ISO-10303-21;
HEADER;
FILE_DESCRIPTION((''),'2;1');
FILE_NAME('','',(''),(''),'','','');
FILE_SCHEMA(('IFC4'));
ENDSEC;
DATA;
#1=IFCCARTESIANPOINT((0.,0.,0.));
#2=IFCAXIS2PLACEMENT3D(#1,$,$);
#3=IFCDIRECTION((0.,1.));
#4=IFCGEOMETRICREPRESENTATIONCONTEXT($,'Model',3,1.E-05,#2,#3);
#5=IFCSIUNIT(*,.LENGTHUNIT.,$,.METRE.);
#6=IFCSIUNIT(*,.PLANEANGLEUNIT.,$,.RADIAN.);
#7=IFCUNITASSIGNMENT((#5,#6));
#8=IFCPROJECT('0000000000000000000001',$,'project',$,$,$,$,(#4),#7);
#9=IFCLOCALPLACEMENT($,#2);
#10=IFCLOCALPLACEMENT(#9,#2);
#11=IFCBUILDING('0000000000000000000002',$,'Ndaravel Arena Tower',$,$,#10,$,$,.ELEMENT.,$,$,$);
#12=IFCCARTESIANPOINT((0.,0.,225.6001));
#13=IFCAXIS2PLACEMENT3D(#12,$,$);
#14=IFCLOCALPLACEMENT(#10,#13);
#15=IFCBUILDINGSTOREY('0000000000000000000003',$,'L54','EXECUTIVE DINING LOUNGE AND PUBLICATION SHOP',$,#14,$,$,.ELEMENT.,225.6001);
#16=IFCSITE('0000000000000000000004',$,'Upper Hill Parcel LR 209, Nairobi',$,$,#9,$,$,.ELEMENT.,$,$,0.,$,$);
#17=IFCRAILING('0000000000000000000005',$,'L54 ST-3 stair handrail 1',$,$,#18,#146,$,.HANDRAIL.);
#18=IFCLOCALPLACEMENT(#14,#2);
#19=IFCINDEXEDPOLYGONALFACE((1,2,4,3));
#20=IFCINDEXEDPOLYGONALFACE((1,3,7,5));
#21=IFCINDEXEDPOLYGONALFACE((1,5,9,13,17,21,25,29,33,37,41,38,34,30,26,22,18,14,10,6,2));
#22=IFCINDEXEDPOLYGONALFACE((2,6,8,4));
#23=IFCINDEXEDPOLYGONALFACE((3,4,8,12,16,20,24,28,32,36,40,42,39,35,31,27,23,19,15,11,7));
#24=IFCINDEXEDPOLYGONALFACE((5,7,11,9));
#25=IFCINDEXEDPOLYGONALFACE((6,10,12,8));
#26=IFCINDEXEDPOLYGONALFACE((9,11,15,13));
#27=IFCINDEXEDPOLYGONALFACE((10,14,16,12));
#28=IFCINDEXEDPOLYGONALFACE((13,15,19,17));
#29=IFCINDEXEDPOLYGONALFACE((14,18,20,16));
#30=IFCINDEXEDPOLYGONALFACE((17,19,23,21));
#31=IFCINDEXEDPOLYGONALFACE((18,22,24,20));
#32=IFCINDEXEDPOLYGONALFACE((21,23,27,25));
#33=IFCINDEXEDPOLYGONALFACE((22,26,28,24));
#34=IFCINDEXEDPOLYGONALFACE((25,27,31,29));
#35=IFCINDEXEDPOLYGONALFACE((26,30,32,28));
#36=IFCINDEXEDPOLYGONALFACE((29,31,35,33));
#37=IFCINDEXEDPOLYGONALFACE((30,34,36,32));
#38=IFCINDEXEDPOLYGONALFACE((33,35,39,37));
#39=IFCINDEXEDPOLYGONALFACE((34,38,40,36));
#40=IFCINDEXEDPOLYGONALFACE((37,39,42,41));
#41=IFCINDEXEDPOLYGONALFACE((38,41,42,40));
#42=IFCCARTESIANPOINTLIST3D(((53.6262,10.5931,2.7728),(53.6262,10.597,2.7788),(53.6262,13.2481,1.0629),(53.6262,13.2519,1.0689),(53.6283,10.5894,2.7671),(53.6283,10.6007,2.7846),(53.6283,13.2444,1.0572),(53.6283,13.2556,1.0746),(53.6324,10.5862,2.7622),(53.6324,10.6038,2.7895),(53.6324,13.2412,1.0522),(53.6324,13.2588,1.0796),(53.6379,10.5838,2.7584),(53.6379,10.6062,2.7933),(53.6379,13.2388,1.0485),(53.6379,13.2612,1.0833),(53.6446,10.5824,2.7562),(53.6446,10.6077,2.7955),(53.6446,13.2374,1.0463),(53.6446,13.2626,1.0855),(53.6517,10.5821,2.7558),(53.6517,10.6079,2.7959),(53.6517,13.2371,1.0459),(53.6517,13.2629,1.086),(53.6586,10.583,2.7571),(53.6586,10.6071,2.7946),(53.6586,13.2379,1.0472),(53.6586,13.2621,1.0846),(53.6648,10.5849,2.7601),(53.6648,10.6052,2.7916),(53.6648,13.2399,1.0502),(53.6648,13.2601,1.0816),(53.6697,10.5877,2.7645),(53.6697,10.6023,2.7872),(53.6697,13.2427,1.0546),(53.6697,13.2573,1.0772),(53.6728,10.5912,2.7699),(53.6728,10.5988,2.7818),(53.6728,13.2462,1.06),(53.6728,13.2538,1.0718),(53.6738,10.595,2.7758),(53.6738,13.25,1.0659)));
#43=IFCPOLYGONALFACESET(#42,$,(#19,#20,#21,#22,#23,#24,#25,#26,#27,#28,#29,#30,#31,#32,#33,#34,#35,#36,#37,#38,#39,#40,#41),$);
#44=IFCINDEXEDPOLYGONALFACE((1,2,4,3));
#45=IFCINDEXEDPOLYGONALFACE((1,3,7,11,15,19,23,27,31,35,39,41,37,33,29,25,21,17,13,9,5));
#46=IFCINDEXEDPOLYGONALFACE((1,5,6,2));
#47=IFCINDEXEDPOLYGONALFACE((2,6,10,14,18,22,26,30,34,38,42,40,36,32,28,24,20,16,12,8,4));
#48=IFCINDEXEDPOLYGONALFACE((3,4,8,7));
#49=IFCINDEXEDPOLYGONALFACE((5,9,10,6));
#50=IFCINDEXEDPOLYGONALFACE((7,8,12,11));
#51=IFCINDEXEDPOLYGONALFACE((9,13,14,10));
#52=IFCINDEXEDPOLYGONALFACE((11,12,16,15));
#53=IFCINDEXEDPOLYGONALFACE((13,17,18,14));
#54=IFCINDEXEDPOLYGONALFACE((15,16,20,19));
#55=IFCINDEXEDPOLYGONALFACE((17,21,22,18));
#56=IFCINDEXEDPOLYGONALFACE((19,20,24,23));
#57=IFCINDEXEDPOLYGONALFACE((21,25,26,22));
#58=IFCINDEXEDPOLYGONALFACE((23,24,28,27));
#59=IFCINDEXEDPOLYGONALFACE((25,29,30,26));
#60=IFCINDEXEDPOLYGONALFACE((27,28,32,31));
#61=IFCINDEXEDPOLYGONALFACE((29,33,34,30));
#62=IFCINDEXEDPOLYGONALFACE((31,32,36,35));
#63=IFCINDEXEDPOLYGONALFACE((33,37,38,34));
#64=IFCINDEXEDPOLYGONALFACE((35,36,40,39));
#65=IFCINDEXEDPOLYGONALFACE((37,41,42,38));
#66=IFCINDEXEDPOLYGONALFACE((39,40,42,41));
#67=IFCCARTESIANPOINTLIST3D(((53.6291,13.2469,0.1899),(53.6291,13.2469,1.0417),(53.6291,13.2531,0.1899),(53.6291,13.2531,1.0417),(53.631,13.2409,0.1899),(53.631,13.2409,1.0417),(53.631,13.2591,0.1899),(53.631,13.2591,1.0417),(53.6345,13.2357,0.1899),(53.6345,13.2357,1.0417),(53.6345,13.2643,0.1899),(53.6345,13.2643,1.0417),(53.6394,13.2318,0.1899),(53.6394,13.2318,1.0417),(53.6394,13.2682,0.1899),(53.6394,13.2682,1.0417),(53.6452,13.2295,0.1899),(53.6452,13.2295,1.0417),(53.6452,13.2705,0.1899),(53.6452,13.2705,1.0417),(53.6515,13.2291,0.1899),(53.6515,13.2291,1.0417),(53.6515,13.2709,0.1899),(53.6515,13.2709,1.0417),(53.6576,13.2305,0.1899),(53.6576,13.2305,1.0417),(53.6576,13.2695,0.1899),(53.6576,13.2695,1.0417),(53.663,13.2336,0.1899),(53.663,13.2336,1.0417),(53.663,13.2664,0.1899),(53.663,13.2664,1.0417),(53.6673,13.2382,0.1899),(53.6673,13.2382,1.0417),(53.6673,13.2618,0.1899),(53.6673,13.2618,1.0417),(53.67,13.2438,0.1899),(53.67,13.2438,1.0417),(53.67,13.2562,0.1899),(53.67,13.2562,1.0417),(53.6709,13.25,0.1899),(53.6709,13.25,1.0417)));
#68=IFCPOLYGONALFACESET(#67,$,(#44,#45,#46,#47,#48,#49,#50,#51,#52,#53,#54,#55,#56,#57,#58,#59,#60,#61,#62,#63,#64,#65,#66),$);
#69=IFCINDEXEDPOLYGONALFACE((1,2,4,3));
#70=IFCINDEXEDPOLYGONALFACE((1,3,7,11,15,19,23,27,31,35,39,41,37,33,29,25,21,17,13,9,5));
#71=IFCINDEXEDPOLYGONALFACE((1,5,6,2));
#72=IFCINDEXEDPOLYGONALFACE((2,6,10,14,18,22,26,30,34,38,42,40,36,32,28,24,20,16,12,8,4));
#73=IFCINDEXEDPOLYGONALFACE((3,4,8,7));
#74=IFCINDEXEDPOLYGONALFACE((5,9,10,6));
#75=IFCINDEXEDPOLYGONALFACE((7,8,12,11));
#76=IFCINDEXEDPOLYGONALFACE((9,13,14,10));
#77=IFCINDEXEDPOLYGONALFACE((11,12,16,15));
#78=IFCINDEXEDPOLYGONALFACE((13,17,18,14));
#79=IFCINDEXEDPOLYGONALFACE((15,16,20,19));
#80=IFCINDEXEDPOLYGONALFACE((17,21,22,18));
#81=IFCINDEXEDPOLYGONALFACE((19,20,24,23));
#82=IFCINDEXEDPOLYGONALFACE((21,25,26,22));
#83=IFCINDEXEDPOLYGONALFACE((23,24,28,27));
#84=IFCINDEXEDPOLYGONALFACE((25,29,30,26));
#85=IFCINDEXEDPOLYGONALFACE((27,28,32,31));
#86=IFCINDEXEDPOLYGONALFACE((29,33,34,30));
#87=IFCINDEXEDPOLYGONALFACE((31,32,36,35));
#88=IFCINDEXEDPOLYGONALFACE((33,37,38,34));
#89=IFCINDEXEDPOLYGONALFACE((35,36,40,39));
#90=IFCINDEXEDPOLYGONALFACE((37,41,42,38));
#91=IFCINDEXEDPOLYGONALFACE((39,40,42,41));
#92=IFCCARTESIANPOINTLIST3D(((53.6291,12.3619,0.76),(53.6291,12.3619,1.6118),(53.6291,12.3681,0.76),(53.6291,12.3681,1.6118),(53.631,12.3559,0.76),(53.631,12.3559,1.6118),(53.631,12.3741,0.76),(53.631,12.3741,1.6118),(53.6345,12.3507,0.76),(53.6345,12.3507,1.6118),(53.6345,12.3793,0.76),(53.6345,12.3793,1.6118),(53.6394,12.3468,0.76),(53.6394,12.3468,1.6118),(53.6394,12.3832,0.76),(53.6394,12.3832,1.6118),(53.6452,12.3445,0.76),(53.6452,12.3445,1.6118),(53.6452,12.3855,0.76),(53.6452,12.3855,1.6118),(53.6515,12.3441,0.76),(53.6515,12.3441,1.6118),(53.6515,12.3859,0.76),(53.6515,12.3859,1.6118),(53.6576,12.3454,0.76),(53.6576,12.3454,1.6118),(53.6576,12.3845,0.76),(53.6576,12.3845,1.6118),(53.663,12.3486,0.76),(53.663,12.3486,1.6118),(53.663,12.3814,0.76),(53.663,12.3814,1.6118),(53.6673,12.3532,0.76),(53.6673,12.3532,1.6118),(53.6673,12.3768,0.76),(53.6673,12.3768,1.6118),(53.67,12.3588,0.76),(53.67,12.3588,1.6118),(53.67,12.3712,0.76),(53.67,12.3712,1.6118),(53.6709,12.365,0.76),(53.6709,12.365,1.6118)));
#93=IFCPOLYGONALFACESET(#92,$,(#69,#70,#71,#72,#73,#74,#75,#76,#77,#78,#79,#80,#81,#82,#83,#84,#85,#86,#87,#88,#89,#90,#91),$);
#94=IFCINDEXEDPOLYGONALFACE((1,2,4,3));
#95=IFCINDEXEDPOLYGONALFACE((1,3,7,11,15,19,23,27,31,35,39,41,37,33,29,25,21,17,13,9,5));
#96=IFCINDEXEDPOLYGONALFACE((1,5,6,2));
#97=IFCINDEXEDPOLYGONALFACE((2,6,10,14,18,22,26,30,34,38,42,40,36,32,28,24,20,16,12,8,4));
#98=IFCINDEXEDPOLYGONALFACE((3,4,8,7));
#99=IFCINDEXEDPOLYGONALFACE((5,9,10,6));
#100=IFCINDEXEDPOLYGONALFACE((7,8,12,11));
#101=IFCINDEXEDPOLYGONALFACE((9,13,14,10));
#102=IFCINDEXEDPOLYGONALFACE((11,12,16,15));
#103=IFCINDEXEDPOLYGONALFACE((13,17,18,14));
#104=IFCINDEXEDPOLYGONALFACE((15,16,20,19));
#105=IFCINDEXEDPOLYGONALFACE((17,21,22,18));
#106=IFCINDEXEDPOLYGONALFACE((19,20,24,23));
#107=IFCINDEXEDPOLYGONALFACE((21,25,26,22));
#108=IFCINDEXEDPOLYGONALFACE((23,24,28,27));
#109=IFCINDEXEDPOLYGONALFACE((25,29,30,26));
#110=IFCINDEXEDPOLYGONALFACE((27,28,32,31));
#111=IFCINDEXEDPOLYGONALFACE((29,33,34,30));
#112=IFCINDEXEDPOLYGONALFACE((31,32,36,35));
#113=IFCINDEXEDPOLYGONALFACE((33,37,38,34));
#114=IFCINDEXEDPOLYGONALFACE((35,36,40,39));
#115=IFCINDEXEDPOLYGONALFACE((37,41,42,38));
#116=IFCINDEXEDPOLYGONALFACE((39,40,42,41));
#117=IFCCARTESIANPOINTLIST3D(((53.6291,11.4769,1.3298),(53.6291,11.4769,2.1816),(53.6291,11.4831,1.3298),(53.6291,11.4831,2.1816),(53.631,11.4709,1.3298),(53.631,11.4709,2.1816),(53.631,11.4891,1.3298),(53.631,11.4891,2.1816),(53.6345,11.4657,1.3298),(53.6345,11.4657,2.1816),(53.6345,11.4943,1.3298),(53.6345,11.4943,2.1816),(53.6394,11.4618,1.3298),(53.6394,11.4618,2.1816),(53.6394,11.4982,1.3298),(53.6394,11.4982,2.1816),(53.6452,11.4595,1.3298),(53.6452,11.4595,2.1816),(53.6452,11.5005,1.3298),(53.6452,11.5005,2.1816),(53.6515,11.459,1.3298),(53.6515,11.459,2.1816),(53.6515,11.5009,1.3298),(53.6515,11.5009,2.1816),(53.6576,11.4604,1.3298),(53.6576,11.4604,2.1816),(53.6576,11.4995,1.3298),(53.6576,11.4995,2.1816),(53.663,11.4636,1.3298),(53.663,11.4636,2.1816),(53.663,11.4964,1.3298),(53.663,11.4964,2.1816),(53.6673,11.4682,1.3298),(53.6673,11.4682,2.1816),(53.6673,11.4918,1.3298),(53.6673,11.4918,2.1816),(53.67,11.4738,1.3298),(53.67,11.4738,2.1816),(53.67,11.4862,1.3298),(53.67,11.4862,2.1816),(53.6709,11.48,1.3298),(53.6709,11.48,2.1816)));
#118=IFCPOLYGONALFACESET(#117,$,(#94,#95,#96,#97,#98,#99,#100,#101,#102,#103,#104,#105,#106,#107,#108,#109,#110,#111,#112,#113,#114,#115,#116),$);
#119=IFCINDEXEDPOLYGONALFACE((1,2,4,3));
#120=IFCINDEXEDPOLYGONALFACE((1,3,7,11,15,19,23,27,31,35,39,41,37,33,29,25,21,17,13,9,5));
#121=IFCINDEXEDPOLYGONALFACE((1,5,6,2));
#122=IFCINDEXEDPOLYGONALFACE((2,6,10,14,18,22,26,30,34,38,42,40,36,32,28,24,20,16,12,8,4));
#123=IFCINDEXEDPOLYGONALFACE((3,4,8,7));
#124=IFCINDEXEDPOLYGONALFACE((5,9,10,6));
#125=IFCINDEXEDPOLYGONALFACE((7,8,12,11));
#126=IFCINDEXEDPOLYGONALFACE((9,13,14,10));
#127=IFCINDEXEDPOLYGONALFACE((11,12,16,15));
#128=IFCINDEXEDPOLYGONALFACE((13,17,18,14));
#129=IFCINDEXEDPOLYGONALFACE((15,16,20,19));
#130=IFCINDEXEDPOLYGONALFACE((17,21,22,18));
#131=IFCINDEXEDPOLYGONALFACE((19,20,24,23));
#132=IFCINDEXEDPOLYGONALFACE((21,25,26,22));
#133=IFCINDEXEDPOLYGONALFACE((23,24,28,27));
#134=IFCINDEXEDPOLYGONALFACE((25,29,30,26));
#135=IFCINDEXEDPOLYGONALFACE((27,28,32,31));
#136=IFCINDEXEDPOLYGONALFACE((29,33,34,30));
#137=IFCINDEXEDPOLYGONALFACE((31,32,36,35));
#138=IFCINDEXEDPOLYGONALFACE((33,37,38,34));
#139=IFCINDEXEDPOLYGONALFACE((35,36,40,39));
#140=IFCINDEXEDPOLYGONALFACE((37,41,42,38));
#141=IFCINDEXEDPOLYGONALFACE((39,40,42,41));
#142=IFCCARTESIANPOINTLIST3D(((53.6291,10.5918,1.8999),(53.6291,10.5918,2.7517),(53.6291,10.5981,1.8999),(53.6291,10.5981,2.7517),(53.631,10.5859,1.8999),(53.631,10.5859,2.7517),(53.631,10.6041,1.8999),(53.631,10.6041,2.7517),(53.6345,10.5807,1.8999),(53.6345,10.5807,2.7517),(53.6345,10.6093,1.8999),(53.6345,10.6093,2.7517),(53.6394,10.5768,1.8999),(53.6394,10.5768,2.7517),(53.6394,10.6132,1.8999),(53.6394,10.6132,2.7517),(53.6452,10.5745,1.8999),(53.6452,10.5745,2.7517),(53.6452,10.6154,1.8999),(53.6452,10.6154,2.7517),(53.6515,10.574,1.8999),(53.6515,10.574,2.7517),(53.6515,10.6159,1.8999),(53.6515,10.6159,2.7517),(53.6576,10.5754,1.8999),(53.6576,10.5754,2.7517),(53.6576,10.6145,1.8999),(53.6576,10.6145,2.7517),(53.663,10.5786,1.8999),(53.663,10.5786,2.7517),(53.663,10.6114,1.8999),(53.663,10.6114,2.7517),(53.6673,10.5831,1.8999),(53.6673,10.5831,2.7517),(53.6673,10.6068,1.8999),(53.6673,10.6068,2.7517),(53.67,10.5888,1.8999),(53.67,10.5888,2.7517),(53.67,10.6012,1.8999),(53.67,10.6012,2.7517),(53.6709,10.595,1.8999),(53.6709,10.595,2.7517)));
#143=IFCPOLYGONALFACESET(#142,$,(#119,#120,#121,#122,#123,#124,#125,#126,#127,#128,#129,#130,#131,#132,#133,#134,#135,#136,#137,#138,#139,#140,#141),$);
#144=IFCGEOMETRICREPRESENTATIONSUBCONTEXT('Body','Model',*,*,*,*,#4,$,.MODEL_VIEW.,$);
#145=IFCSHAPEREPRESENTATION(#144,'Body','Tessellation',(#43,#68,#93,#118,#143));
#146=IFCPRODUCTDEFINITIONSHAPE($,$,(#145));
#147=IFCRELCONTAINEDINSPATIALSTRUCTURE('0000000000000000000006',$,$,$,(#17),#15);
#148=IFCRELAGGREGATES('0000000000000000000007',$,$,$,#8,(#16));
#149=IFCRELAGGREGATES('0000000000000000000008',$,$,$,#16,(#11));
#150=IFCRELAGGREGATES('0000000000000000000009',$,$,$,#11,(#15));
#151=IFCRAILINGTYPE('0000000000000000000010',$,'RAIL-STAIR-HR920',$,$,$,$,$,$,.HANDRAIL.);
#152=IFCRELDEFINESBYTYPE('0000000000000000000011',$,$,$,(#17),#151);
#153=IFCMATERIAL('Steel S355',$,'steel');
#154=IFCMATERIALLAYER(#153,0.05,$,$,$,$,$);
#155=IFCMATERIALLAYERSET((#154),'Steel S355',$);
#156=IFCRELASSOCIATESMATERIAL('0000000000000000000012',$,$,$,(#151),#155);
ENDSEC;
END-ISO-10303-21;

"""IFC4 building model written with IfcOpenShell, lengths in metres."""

from ifc_helpers import new_model, si_unit, direction, frame, origin, origin_2d, place, context, subcontext, project, spatial, circle, extrude, material, layer, layer_set, type_object, element, save


model = new_model("IFC4")

# Units and contexts
model_context = context("Model", 3, precision=1e-05, world=origin(), true_north=direction((0.0, 1.0)))
body_context = subcontext(model_context, "Body", "Model", "MODEL_VIEW")
ifc_project = project(units=[si_unit("LENGTHUNIT", "METRE"), si_unit("PLANEANGLEUNIT", "RADIAN")], contexts=[model_context])

# Site, building, storey
site_placement = place(None, origin())
site = spatial("IfcSite", under=ifc_project, at=site_placement, Name="Upper Hill Parcel LR 209, Nairobi", CompositionType="ELEMENT", RefElevation=0.0)
building_placement = place(site_placement, origin())
building = spatial("IfcBuilding", under=site, at=building_placement, Name="Ndaravel Arena Tower", CompositionType="ELEMENT")
storey_placement = place(building_placement, frame((0.0, 0.0, 225.6001)))
storey = spatial("IfcBuildingStorey", under=building, at=storey_placement, Name="L54", Description="EXECUTIVE DINING LOUNGE AND PUBLICATION SHOP", CompositionType="ELEMENT", Elevation=225.6001)

# Railing
ifc_material_1 = material(Name="Steel S355", Category="steel")
ifc_layer_1 = layer(ifc_material_1, 0.05)
ifc_layer_set_1 = layer_set([ifc_layer_1], Name="Steel S355")
railing_type_1 = type_object("IfcRailingType", Name="RAIL-STAIR-HR920", PredefinedType="HANDRAIL", material=ifc_layer_set_1)
railing_1_placement = place(storey_placement, frame((53.6499, 13.25, 0.1899)))
element("IfcRailing", 1, at=railing_1_placement, inside=storey, type_object=railing_type_1, Name="L54 ST-3 stair handrail 1", PredefinedType="HANDRAIL", context=body_context, shape_type="SweptSolid", body=[
    extrude(circle(Radius=0.0239, at=origin_2d()), frame((0.0, 0.0, 0.876), z_axis=(0.0, -0.840724, 0.541465), x_axis=(1.0, 0.0, 0.0)), (0.0, 0.0, 1.0), 3.158),
    extrude(circle(Radius=0.021, at=origin_2d()), origin(), (0.0, 0.0, 1.0), 0.8518),
    extrude(circle(Radius=0.021, at=origin_2d()), frame((0.0, -0.885, 0.5701)), (0.0, 0.0, 1.0), 0.8518),
    extrude(circle(Radius=0.021, at=origin_2d()), frame((0.0, -1.77, 1.1399)), (0.0, 0.0, 1.0), 0.8518),
    extrude(circle(Radius=0.021, at=origin_2d()), frame((0.0, -2.655, 1.71)), (0.0, 0.0, 1.0), 0.8518),
])

save(model, "model.ifc")
